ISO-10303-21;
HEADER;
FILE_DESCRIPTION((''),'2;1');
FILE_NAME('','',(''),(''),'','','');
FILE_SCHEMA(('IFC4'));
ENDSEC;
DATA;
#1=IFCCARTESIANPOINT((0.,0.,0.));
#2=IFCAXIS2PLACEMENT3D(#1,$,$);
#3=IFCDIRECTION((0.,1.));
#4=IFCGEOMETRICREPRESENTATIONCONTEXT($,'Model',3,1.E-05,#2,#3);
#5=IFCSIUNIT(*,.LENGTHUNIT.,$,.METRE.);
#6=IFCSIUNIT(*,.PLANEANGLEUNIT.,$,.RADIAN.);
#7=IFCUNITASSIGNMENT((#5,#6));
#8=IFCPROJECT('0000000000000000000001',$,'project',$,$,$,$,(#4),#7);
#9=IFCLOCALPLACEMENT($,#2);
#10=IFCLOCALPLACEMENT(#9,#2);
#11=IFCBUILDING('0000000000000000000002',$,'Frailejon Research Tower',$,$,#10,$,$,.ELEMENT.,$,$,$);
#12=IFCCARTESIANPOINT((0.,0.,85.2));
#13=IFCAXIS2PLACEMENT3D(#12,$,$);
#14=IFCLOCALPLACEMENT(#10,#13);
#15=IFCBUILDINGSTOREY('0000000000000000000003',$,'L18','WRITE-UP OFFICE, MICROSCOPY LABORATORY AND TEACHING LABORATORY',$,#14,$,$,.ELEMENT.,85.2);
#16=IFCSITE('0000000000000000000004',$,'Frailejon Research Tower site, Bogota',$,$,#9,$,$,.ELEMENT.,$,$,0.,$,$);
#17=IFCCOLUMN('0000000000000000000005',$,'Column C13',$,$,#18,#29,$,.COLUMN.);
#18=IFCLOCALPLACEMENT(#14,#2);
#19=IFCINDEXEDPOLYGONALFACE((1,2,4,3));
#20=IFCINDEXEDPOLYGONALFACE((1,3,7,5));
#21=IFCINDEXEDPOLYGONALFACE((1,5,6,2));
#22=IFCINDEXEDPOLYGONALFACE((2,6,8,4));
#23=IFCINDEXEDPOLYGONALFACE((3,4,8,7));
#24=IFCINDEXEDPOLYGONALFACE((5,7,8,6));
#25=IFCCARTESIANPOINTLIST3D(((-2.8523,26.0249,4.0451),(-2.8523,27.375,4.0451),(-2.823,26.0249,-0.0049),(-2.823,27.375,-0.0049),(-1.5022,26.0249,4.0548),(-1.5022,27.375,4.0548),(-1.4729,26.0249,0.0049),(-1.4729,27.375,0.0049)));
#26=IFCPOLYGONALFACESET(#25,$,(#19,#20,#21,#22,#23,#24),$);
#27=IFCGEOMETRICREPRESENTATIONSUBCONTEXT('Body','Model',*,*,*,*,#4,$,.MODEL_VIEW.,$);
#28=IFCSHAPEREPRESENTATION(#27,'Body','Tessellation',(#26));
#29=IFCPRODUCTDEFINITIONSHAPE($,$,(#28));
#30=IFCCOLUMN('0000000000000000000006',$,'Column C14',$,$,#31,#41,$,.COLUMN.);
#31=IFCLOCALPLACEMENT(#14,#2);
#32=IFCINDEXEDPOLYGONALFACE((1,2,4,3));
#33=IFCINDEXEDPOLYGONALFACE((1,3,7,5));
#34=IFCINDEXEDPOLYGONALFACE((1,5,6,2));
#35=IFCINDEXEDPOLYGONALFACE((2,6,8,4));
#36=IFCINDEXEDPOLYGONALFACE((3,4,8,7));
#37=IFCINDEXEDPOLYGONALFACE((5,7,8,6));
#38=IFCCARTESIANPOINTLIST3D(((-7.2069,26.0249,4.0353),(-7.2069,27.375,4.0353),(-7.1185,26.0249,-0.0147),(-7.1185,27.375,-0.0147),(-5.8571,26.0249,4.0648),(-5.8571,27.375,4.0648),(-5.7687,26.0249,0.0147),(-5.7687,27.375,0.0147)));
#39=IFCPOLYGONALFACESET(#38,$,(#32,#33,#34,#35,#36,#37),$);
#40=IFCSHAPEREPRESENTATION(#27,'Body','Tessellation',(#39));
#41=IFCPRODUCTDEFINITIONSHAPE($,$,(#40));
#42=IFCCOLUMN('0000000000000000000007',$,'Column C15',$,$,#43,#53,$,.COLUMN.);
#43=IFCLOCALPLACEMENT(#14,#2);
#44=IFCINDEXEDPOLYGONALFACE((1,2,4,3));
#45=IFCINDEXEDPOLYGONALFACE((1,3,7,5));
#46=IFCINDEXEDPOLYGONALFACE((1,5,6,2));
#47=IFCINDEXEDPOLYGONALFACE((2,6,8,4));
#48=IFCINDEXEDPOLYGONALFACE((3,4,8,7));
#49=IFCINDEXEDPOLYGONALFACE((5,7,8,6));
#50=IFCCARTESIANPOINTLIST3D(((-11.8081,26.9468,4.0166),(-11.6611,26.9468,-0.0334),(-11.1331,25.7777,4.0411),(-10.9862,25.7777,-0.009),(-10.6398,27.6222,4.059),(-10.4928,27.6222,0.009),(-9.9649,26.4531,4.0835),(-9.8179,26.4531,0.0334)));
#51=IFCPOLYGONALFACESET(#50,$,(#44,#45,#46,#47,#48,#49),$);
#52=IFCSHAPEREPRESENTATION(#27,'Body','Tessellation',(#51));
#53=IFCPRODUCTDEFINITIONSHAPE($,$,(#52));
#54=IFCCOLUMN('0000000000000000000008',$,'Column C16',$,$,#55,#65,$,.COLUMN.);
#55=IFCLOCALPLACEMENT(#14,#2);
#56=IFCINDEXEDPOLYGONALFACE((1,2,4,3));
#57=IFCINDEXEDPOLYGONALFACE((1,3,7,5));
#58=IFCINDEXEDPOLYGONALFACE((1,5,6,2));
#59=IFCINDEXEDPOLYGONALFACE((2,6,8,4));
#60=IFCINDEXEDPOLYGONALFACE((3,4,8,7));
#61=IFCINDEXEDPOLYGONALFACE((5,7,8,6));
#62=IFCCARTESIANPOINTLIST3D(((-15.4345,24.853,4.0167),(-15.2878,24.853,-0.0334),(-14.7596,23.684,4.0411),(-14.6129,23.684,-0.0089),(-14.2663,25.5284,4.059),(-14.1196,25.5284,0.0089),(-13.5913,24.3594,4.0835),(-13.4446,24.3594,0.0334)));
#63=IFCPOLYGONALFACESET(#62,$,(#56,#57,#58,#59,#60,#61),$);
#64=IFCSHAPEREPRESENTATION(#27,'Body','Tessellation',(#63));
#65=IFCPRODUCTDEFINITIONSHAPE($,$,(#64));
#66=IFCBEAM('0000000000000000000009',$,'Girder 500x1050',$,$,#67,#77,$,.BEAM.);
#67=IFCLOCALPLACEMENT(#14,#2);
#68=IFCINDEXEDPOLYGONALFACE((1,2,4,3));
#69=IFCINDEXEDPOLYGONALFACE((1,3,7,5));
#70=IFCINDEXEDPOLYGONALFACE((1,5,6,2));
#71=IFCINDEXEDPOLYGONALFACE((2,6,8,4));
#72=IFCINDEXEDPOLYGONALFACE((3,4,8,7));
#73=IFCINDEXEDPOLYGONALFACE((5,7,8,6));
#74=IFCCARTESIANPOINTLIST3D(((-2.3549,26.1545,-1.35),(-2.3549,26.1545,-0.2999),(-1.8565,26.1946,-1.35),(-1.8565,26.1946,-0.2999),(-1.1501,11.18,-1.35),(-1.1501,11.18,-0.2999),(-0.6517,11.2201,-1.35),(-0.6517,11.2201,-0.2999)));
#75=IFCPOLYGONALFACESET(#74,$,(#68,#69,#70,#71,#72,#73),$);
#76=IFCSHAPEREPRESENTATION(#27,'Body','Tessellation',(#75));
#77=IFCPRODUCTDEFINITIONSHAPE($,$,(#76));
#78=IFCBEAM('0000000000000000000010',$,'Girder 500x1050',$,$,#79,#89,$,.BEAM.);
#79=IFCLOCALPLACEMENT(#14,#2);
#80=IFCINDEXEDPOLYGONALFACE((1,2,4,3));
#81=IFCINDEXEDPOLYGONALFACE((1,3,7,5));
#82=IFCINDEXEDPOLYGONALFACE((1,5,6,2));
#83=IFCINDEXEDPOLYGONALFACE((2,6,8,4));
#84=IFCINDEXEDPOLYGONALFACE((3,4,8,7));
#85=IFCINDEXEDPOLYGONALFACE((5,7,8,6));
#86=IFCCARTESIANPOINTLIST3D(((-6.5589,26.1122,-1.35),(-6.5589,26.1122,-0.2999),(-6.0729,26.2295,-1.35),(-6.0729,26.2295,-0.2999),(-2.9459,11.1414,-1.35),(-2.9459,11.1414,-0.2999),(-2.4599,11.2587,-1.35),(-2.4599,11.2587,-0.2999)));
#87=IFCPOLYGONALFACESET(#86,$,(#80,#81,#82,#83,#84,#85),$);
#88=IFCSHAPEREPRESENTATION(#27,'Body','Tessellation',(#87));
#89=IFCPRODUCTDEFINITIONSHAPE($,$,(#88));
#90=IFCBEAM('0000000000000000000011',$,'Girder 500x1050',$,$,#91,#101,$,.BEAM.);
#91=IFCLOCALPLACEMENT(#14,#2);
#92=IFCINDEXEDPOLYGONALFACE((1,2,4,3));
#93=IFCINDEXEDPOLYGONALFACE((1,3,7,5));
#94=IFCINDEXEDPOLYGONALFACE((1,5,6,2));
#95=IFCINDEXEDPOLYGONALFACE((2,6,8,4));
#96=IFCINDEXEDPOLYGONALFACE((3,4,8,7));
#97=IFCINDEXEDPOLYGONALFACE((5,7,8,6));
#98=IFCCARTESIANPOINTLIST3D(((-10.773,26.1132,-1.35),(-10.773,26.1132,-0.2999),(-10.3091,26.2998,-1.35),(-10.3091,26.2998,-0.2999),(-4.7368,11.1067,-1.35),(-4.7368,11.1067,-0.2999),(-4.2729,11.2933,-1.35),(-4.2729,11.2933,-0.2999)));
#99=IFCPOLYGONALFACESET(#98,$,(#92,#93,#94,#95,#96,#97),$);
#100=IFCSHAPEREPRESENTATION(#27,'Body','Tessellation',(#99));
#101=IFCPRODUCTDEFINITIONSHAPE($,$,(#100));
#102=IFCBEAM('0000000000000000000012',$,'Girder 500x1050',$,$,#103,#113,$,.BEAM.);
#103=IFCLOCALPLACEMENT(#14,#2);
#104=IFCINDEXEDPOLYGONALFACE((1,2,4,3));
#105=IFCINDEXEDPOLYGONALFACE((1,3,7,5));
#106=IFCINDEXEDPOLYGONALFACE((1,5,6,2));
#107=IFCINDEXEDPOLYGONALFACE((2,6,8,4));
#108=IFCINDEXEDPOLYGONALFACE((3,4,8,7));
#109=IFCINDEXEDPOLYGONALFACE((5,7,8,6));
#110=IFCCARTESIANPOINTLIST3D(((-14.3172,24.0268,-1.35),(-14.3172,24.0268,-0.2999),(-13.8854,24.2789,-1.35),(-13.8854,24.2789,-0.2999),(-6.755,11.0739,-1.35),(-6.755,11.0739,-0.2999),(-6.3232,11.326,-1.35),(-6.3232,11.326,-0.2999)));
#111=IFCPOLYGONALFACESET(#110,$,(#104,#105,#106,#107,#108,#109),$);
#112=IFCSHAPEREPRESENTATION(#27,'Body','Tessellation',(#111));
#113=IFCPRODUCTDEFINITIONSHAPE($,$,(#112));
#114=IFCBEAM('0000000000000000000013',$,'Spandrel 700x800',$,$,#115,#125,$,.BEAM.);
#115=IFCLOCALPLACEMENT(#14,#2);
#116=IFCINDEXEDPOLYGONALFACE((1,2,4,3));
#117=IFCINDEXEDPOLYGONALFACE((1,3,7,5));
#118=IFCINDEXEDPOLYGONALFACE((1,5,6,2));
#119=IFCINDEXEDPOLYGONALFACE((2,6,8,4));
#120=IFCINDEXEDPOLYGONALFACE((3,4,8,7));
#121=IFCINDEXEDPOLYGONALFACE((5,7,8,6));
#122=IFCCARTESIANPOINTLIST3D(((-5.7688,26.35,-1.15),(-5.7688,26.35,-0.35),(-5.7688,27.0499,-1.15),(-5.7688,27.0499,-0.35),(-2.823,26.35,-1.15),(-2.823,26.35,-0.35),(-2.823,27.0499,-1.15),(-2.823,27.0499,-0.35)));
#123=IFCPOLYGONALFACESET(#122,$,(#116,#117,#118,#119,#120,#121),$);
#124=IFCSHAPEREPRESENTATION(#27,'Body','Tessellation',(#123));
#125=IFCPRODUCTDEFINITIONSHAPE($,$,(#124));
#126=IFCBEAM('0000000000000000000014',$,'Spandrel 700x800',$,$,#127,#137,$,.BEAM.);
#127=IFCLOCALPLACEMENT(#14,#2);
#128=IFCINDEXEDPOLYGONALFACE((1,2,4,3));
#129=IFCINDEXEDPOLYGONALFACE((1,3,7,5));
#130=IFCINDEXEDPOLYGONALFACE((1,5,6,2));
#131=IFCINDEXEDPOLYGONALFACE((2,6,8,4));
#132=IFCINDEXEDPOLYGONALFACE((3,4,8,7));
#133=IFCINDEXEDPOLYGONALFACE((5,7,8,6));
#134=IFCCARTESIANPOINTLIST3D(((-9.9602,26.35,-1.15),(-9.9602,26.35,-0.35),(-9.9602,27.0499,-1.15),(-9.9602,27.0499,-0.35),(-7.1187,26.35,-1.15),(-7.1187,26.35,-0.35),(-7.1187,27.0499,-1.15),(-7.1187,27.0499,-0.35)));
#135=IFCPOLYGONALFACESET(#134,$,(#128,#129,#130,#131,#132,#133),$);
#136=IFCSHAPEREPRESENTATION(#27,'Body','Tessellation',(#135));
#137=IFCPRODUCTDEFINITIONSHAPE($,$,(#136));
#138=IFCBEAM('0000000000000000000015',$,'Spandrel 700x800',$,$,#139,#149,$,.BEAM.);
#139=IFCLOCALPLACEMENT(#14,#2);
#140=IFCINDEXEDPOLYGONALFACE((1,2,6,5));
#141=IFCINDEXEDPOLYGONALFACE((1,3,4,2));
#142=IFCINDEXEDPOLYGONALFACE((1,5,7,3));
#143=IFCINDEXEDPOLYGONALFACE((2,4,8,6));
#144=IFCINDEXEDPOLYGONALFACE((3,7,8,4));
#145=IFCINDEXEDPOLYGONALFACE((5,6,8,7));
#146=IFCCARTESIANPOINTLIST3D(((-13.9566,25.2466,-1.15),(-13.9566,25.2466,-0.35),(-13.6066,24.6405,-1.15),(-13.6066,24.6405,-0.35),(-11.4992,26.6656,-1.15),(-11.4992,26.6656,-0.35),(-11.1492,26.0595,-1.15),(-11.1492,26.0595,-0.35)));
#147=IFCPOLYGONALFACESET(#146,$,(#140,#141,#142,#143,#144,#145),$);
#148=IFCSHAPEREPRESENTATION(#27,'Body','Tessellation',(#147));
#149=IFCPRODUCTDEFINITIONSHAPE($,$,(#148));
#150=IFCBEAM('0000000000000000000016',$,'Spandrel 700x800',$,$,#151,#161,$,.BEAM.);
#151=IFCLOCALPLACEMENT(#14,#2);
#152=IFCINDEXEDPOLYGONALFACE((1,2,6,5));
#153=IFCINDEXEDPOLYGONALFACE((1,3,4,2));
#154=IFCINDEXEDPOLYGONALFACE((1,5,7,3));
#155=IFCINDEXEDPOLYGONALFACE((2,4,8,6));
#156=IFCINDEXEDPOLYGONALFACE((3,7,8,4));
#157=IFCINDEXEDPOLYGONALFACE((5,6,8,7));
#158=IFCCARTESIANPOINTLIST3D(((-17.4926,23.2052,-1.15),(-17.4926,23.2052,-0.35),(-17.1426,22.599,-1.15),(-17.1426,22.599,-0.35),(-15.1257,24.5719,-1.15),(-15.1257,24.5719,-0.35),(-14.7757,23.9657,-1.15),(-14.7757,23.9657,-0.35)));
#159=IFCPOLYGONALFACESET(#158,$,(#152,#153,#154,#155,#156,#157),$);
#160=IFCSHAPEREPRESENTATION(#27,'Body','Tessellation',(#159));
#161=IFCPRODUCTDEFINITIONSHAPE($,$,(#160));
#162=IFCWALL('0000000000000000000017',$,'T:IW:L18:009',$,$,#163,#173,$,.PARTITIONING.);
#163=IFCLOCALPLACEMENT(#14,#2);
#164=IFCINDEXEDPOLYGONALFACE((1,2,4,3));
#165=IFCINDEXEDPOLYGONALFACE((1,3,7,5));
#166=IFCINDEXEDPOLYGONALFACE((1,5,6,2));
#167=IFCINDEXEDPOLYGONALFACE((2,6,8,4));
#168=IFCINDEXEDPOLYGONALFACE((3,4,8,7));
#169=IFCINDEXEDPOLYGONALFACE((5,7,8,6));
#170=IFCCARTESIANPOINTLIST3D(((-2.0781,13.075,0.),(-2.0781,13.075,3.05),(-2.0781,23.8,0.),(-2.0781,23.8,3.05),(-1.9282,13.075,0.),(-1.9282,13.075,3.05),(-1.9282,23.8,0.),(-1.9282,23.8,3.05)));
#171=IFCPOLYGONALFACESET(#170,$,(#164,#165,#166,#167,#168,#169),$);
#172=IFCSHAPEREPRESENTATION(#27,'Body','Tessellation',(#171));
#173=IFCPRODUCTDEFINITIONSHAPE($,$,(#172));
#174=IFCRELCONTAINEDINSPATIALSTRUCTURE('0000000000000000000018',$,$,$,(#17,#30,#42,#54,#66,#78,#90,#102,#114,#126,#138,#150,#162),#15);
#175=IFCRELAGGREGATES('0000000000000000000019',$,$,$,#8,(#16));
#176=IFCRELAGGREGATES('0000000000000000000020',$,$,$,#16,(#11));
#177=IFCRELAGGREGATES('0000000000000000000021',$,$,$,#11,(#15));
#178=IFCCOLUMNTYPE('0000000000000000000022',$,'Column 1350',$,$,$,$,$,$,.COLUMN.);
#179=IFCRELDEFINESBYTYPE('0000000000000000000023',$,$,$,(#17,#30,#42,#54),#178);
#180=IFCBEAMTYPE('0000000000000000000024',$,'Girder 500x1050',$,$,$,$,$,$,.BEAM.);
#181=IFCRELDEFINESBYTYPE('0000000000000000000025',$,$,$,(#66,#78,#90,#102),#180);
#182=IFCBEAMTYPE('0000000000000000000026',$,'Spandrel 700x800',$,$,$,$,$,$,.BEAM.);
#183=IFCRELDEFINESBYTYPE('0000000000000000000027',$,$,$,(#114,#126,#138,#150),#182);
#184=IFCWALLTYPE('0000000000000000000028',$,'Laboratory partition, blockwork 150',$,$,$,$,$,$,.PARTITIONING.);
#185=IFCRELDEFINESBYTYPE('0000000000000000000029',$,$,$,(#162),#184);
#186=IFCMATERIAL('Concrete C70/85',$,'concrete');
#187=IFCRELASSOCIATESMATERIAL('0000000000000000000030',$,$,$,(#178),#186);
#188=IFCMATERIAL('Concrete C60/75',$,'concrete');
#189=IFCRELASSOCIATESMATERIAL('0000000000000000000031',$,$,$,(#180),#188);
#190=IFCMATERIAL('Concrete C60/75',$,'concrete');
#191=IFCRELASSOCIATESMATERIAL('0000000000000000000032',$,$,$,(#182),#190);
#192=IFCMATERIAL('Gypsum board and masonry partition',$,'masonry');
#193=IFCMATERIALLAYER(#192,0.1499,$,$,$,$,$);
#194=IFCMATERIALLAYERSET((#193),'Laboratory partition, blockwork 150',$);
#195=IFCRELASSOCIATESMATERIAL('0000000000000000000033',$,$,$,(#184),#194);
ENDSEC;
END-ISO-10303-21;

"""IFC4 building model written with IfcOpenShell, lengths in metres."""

from ifc_helpers import new_model, si_unit, direction, frame, frame_2d, origin, origin_2d, place, context, subcontext, project, spatial, rectangle, extrude, material, layer, layer_set, material_profile, profile_set, type_object, element, save


model = new_model("IFC4")

# Units and contexts
model_context = context("Model", 3, precision=1e-05, world=origin(), true_north=direction((0.0, 1.0)))
body_context = subcontext(model_context, "Body", "Model", "MODEL_VIEW")
ifc_project = project(units=[si_unit("LENGTHUNIT", "METRE"), si_unit("PLANEANGLEUNIT", "RADIAN")], contexts=[model_context])

# Site, building, storey
site_placement = place(None, origin())
site = spatial("IfcSite", under=ifc_project, at=site_placement, Name="Frailejon Research Tower site, Bogota", CompositionType="ELEMENT", RefElevation=0.0)
building_placement = place(site_placement, origin())
building = spatial("IfcBuilding", under=site, at=building_placement, Name="Frailejon Research Tower", CompositionType="ELEMENT")
storey_placement = place(building_placement, frame((0.0, 0.0, 85.2)))
storey = spatial("IfcBuildingStorey", under=building, at=storey_placement, Name="L18", Description="WRITE-UP OFFICE, MICROSCOPY LABORATORY AND TEACHING LABORATORY", CompositionType="ELEMENT", Elevation=85.2)

# Columns
ifc_material_1 = material(Name="Concrete C70/85", Category="concrete")
ifc_material_profile_1 = material_profile(ifc_material_1, rectangle(XDim=1.3501, YDim=1.3501, at=origin_2d()), Name="Column 1350")
ifc_profile_set_1 = profile_set([ifc_material_profile_1], Name="Concrete C70/85")
column_type = type_object("IfcColumnType", Name="Column 1350", PredefinedType="COLUMN", material=ifc_profile_set_1)
column_1_placement = place(storey_placement, frame((-2.1479, 26.7, 0.0), z_axis=(-0.007234, 0.0, 0.999974), x_axis=(-0.999974, 0.0, -0.007234)))
element("IfcColumn", 1, at=column_1_placement, inside=storey, type_object=column_type, Name="Column C13", PredefinedType="COLUMN", context=body_context, shape_type="SweptSolid", body=[
    extrude(rectangle(XDim=1.3501, YDim=1.3501, at=origin_2d()), origin(), (0.0, 0.0, 1.0), 4.05),
])
column_2_placement = place(storey_placement, frame((-6.4436, 26.7, 0.0), z_axis=(-0.021816, 0.0, 0.999762), x_axis=(-0.999762, 0.0, -0.021816)))
element("IfcColumn", 2, at=column_2_placement, inside=storey, type_object=column_type, Name="Column C14", PredefinedType="COLUMN", context=body_context, shape_type="SweptSolid", body=[
    extrude(rectangle(XDim=1.3501, YDim=1.3501, at=origin_2d()), origin(), (0.0, 0.0, 1.0), 4.051),
])
for number, where, z_axis, x_axis, name in (
    (3, (-10.7395, 26.7, 0.0), (-0.036265, 0.0, 0.999342), (-0.865314, -0.500246, -0.031401), "Column C15"),
    (4, (-14.3662, 24.6062, 0.0), (-0.036205, 0.0, 0.999344), (-0.865315, -0.500246, -0.031349), "Column C16"),
):
    element("IfcColumn", number, at=place(storey_placement, frame(where, z_axis=z_axis, x_axis=x_axis)), inside=storey, type_object=column_type, Name=name, PredefinedType="COLUMN", context=body_context, shape_type="SweptSolid", body=[
        extrude(rectangle(XDim=1.3501, YDim=1.3501, at=origin_2d()), origin(), (0.0, 0.0, 1.0), 4.0527),
    ])

# Beams
ifc_material_2 = material(Name="Concrete C60/75", Category="concrete")
ifc_material_profile_2 = material_profile(ifc_material_2, rectangle(XDim=0.5, YDim=1.05, at=origin_2d()), Name="Girder 500x1050")
ifc_profile_set_2 = profile_set([ifc_material_profile_2], Name="Concrete C60/75")
beam_type_1 = type_object("IfcBeamType", Name="Girder 500x1050", PredefinedType="BEAM", material=ifc_profile_set_2)
beam_1_placement = place(storey_placement, frame((-2.1057, 26.1746, -0.825), z_axis=(0.080199, -0.996779, 0.0), x_axis=(0.996779, 0.080199, 0.0)))
element("IfcBeam", 5, at=beam_1_placement, inside=storey, type_object=beam_type_1, Name="Girder 500x1050", PredefinedType="BEAM", context=body_context, shape_type="SweptSolid", body=[
    extrude(rectangle(XDim=0.5, YDim=1.05, at=origin_2d()), origin(), (0.0, 0.0, 1.0), 15.0229),
])
beam_2_placement = place(storey_placement, frame((-6.3159, 26.1709, -0.825), z_axis=(0.234601, -0.972092, 0.0), x_axis=(0.972092, 0.234601, 0.0)))
element("IfcBeam", 6, at=beam_2_placement, inside=storey, type_object=beam_type_1, Name="Girder 500x1050", PredefinedType="BEAM", context=body_context, shape_type="SweptSolid", body=[
    extrude(rectangle(XDim=0.5, YDim=1.05, at=origin_2d()), origin(), (0.0, 0.0, 1.0), 15.4006),
])
beam_3_placement = place(storey_placement, frame((-10.541, 26.2065, -0.825), z_axis=(0.373175, -0.927761, 0.0), x_axis=(0.927761, 0.373175, 0.0)))
element("IfcBeam", 7, at=beam_3_placement, inside=storey, type_object=beam_type_1, Name="Girder 500x1050", PredefinedType="BEAM", context=body_context, shape_type="SweptSolid", body=[
    extrude(rectangle(XDim=0.5, YDim=1.05, at=origin_2d()), origin(), (0.0, 0.0, 1.0), 16.175),
])
beam_4_placement = place(storey_placement, frame((-14.1013, 24.1528, -0.825), z_axis=(0.50419, -0.863593, 0.0), x_axis=(0.863593, 0.50419, 0.0)))
element("IfcBeam", 8, at=beam_4_placement, inside=storey, type_object=beam_type_1, Name="Girder 500x1050", PredefinedType="BEAM", context=body_context, shape_type="SweptSolid", body=[
    extrude(rectangle(XDim=0.5, YDim=1.05, at=origin_2d()), origin(), (0.0, 0.0, 1.0), 14.9988),
])
ifc_material_3 = material(Name="Concrete C60/75", Category="concrete")
ifc_material_profile_3 = material_profile(ifc_material_3, rectangle(XDim=0.7, YDim=0.8, at=origin_2d()), Name="Spandrel 700x800")
ifc_profile_set_3 = profile_set([ifc_material_profile_3], Name="Concrete C60/75")
beam_type_2 = type_object("IfcBeamType", Name="Spandrel 700x800", PredefinedType="BEAM", material=ifc_profile_set_3)
beam_5_placement = place(storey_placement, frame((-2.823, 26.7, -0.75), z_axis=(-1.0, 0.0, 0.0), x_axis=(0.0, -1.0, 0.0)))
element("IfcBeam", 9, at=beam_5_placement, inside=storey, type_object=beam_type_2, Name="Spandrel 700x800", PredefinedType="BEAM", context=body_context, shape_type="SweptSolid", body=[
    extrude(rectangle(XDim=0.7, YDim=0.8, at=origin_2d()), origin(), (0.0, 0.0, 1.0), 2.9458),
])
beam_6_placement = place(storey_placement, frame((-7.1187, 26.7, -0.75), z_axis=(-1.0, 0.0, 0.0), x_axis=(0.0, -1.0, 0.0)))
element("IfcBeam", 10, at=beam_6_placement, inside=storey, type_object=beam_type_2, Name="Spandrel 700x800", PredefinedType="BEAM", context=body_context, shape_type="SweptSolid", body=[
    extrude(rectangle(XDim=0.7, YDim=0.8, at=origin_2d()), origin(), (0.0, 0.0, 1.0), 2.8416),
])
beam_7_placement = place(storey_placement, frame((-11.3242, 26.3625, -0.75), z_axis=(-0.865989, -0.500063, 0.0), x_axis=(0.500063, -0.865989, 0.0)))
element("IfcBeam", 11, at=beam_7_placement, inside=storey, type_object=beam_type_2, Name="Spandrel 700x800", PredefinedType="BEAM", context=body_context, shape_type="SweptSolid", body=[
    extrude(rectangle(XDim=0.7, YDim=0.8, at=origin_2d()), origin(), (0.0, 0.0, 1.0), 2.8376),
])
beam_8_placement = place(storey_placement, frame((-14.9507, 24.2688, -0.75), z_axis=(-0.866003, -0.500039, 0.0), x_axis=(0.500039, -0.866003, 0.0)))
element("IfcBeam", 12, at=beam_8_placement, inside=storey, type_object=beam_type_2, Name="Spandrel 700x800", PredefinedType="BEAM", context=body_context, shape_type="SweptSolid", body=[
    extrude(rectangle(XDim=0.7, YDim=0.8, at=origin_2d()), origin(), (0.0, 0.0, 1.0), 2.7332),
])

# Wall
ifc_material_4 = material(Name="Gypsum board and masonry partition", Category="masonry")
ifc_layer_1 = layer(ifc_material_4, 0.1499)
ifc_layer_set_1 = layer_set([ifc_layer_1], Name="Laboratory partition, blockwork 150")
wall_type_1 = type_object("IfcWallType", Name="Laboratory partition, blockwork 150", PredefinedType="PARTITIONING", material=ifc_layer_set_1)
wall_1_placement = place(storey_placement, frame((-2.0032, 13.075, 0.0), z_axis=(0.0, 0.0, 1.0), x_axis=(0.0, 1.0, 0.0)))
element("IfcWall", 13, at=wall_1_placement, inside=storey, type_object=wall_type_1, Name="T:IW:L18:009", PredefinedType="PARTITIONING", context=body_context, shape_type="SweptSolid", body=[
    extrude(rectangle(XDim=10.7251, YDim=0.1499, at=frame_2d((5.3625, 0.0))), origin(), (0.0, 0.0, 1.0), 3.05),
])

save(model, "model.ifc")
